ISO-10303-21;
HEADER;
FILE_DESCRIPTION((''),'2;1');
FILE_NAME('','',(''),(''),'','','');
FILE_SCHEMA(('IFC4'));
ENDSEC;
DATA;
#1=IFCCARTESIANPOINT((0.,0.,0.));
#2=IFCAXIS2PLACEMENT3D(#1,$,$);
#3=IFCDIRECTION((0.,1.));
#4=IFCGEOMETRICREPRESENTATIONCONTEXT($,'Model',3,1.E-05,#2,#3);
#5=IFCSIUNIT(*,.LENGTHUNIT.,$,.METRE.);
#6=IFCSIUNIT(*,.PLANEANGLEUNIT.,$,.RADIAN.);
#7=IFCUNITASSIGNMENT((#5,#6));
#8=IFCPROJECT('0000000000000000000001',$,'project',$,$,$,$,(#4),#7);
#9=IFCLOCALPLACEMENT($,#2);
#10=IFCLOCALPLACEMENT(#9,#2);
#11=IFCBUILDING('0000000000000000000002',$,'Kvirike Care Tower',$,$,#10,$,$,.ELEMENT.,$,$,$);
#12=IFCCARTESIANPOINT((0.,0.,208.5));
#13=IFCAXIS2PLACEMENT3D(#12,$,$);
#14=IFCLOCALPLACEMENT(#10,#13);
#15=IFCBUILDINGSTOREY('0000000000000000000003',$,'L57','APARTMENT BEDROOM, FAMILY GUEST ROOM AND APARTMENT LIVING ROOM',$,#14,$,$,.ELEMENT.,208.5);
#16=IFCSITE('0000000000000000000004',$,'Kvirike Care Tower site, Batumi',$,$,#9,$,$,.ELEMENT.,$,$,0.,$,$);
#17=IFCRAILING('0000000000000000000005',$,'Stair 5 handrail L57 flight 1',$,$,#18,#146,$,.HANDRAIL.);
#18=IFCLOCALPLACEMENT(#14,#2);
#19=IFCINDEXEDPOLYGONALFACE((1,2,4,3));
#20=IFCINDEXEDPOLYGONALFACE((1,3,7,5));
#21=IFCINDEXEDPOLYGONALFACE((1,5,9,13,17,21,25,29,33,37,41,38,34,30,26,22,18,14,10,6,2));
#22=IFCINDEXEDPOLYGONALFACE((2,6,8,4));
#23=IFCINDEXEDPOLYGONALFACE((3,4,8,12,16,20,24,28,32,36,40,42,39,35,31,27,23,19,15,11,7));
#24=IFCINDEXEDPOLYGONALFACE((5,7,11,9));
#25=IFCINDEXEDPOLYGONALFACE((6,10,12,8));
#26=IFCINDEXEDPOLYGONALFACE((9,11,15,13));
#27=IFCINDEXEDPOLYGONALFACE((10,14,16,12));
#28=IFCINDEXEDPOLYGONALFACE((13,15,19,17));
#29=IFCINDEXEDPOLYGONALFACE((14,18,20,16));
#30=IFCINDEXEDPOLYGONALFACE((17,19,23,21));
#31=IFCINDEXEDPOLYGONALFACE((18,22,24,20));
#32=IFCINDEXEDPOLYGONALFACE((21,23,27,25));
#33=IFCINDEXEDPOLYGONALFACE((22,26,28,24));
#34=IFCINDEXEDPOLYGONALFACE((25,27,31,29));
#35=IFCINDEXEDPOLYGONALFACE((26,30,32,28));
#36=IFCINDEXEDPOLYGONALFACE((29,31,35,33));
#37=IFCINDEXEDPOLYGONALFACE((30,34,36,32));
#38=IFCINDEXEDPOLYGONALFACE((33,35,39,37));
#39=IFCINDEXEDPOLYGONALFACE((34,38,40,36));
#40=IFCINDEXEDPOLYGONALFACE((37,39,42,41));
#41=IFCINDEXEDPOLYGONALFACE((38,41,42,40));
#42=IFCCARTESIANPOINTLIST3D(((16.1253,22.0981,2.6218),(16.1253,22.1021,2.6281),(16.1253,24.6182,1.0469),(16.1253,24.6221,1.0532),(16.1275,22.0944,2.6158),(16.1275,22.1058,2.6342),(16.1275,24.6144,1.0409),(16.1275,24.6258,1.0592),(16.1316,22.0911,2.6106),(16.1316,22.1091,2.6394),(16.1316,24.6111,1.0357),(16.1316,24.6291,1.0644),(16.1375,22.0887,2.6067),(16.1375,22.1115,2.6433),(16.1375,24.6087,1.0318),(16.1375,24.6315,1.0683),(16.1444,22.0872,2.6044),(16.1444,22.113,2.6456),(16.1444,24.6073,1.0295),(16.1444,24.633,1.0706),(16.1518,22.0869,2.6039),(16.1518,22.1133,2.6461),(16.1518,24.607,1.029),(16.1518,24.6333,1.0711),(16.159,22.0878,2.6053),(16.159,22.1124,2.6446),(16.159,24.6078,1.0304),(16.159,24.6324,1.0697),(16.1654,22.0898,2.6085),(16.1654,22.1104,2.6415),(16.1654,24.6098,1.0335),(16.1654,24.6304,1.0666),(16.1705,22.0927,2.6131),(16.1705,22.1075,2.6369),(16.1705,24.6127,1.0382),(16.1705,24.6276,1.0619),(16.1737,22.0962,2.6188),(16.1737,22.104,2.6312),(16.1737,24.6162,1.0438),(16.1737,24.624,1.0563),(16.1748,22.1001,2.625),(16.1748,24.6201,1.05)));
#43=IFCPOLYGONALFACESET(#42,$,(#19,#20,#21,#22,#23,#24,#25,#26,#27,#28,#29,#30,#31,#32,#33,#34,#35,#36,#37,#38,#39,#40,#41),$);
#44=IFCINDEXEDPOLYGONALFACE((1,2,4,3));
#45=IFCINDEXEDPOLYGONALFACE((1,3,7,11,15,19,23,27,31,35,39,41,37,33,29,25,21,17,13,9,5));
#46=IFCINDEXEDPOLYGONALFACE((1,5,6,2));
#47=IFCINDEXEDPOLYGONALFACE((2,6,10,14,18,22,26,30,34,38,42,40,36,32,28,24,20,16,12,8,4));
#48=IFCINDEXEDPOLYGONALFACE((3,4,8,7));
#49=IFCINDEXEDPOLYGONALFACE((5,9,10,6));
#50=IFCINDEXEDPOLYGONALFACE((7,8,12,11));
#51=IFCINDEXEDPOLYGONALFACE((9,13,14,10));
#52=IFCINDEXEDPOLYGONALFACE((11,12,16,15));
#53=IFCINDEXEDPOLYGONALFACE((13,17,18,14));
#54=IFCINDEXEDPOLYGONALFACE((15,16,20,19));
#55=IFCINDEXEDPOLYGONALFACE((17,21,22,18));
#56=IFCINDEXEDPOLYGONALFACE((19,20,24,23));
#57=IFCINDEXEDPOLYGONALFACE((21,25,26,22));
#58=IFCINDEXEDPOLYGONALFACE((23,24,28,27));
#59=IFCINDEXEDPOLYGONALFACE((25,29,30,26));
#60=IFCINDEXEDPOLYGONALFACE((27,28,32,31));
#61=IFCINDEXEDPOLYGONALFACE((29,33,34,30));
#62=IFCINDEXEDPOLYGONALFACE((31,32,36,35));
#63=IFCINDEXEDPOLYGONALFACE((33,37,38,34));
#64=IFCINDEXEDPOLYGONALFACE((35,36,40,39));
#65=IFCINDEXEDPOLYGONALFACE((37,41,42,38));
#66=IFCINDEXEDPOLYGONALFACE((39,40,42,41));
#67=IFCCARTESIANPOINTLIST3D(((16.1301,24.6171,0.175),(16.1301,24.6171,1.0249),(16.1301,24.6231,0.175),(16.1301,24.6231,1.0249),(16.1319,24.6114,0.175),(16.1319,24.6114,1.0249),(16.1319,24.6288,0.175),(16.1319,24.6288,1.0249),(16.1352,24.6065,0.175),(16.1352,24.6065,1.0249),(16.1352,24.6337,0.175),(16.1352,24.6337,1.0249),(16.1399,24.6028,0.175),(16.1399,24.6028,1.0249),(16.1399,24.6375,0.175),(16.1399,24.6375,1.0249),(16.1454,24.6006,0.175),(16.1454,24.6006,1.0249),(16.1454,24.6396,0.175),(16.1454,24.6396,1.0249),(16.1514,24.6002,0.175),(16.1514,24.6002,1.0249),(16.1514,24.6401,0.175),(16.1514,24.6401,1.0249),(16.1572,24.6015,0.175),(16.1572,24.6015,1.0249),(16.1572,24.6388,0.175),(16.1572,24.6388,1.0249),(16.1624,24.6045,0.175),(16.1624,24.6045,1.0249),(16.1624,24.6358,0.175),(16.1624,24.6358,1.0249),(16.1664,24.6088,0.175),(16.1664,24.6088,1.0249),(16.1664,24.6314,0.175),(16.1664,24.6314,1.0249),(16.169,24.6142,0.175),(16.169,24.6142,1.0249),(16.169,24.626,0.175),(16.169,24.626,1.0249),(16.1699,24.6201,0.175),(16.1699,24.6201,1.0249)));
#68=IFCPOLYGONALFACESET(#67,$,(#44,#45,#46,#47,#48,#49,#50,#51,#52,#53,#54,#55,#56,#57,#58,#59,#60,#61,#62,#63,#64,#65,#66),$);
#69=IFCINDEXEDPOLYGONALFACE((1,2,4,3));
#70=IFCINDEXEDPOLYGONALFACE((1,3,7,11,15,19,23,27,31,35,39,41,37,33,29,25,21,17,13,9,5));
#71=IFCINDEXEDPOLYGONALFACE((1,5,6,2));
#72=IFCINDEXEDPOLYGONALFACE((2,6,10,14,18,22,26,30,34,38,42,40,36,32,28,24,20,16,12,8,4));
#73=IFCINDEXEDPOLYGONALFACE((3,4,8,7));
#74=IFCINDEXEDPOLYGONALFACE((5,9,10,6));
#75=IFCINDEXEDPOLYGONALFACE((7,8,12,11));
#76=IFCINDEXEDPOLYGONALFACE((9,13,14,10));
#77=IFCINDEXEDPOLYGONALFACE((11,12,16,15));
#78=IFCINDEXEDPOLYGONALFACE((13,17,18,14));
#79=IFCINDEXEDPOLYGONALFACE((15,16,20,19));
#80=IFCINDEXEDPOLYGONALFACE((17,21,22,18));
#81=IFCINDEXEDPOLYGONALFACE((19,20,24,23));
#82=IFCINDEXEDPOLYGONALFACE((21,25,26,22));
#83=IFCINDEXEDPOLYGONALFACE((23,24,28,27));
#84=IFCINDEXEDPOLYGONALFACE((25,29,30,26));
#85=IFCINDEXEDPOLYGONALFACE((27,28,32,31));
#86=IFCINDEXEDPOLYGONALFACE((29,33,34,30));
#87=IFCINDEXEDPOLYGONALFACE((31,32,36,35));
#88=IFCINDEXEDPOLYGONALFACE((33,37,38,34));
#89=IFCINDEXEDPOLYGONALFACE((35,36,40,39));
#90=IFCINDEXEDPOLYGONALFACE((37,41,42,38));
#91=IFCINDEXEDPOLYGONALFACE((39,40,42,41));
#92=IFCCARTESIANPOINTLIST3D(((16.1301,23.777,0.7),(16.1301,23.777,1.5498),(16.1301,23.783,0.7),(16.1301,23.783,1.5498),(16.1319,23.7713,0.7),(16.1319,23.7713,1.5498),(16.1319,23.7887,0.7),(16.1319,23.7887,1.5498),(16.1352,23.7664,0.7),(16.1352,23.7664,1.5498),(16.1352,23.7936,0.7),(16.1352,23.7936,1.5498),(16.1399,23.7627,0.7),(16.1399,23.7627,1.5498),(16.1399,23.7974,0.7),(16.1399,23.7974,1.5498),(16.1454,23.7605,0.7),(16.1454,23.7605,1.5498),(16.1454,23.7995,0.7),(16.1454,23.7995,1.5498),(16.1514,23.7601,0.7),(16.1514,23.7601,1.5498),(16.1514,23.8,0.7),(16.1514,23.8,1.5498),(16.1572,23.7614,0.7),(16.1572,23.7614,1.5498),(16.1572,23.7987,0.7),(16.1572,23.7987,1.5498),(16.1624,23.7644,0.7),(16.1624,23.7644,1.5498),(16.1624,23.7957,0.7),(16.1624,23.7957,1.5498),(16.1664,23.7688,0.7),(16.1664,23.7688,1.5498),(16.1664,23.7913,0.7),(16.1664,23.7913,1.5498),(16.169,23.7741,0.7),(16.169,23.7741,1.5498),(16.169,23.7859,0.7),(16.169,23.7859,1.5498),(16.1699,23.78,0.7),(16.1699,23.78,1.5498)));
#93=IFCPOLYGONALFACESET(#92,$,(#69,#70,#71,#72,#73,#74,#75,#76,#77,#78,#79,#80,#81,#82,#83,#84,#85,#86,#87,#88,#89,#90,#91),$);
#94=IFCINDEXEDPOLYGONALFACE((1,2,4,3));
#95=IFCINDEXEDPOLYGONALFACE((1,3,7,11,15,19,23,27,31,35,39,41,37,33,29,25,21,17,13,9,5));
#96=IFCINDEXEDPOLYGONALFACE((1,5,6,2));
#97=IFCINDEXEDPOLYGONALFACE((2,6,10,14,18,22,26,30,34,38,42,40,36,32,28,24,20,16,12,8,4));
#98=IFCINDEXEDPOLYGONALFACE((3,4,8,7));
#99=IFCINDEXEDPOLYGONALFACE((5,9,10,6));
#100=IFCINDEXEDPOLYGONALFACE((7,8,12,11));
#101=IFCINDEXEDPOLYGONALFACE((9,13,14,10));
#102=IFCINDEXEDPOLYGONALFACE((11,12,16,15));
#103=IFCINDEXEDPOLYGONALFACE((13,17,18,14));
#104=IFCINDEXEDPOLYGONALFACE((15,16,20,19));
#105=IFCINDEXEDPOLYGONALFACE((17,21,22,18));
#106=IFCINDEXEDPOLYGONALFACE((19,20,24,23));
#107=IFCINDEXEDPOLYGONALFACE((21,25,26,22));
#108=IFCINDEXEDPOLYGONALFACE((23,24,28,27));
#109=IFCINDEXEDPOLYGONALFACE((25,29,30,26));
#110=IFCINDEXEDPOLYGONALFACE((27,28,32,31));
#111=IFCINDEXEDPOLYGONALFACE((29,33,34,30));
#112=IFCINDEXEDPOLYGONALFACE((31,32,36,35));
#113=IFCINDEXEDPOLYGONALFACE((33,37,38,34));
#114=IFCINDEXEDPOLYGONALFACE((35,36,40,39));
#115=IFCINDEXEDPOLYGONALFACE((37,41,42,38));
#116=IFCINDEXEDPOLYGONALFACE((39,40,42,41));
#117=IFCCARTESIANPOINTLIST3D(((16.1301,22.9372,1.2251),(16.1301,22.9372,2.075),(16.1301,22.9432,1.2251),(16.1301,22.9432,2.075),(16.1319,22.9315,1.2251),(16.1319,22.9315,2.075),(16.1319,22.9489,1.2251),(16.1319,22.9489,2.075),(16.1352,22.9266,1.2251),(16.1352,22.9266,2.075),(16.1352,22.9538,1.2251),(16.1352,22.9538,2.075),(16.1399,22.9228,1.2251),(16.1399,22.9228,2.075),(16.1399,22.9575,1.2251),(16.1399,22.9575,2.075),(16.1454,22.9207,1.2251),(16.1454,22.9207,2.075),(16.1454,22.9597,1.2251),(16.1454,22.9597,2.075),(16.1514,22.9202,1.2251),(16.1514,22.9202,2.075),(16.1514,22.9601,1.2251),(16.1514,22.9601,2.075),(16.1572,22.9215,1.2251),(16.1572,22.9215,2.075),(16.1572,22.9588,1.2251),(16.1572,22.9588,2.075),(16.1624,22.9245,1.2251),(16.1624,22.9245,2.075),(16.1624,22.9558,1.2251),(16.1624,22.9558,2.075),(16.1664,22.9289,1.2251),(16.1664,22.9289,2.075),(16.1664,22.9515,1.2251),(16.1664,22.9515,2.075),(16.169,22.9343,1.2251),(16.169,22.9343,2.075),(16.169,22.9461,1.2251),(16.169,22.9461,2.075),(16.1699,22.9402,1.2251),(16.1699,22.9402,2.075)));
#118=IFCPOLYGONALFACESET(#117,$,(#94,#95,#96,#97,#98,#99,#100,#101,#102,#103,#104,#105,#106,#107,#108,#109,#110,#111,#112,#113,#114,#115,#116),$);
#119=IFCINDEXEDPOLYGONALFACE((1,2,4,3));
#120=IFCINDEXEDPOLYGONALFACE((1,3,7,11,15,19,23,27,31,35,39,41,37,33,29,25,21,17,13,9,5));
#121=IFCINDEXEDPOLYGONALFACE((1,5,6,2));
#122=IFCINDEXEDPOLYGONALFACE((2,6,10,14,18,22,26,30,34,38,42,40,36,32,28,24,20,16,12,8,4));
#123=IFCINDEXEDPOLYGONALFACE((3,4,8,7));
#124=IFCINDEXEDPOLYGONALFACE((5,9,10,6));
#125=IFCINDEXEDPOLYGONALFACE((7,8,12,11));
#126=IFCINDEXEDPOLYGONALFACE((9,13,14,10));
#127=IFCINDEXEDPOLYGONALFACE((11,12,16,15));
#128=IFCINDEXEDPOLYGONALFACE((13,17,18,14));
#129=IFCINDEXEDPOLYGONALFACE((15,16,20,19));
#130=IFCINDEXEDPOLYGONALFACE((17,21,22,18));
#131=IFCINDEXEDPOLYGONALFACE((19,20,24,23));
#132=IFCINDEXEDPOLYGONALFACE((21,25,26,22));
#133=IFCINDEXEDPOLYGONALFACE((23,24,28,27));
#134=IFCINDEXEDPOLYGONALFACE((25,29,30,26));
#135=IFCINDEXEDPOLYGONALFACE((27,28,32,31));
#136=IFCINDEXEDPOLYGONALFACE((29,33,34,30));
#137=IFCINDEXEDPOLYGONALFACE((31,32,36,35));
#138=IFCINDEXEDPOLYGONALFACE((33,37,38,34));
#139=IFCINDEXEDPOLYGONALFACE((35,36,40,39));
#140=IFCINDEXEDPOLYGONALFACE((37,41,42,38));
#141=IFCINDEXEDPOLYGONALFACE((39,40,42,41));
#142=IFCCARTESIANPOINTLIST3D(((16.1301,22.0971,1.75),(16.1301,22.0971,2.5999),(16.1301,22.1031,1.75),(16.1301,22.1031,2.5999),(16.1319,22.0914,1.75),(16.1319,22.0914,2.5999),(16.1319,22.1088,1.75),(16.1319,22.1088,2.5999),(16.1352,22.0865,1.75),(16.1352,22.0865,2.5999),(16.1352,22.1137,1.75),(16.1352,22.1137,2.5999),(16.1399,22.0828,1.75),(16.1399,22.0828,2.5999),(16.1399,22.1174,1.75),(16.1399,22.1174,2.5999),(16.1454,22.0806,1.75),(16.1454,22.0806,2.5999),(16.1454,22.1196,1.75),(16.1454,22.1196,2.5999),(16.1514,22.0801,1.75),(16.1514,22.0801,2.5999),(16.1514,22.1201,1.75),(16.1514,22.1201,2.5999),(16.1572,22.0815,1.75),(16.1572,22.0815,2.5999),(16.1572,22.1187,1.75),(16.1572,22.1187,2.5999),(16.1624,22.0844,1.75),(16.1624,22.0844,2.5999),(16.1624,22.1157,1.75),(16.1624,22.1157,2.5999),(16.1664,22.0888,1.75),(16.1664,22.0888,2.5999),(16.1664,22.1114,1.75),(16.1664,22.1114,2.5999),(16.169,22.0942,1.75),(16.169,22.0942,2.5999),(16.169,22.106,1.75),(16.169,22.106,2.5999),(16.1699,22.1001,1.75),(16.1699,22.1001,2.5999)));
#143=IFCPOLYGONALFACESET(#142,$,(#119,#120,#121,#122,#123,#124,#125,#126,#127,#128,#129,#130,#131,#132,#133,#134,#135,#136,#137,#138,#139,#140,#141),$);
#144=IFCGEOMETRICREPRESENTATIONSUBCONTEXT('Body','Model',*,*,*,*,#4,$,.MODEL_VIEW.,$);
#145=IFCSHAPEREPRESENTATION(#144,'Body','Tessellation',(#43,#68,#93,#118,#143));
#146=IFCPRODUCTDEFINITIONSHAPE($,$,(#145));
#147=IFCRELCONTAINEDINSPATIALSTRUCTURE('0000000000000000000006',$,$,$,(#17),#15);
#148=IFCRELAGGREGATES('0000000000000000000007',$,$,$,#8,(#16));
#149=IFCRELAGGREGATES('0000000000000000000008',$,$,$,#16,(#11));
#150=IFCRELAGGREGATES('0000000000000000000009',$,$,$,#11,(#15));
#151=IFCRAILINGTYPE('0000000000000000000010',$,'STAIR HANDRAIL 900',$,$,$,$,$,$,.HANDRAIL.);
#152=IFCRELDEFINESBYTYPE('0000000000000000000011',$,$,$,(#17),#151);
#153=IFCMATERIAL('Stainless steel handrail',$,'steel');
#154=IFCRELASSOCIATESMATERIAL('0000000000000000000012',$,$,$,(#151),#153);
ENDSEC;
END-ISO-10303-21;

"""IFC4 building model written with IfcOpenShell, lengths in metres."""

from ifc_helpers import new_model, si_unit, direction, frame, origin, origin_2d, place, context, subcontext, project, spatial, circle, extrude, material, type_object, element, save


model = new_model("IFC4")

# Units and contexts
model_context = context("Model", 3, precision=1e-05, world=origin(), true_north=direction((0.0, 1.0)))
body_context = subcontext(model_context, "Body", "Model", "MODEL_VIEW")
ifc_project = project(units=[si_unit("LENGTHUNIT", "METRE"), si_unit("PLANEANGLEUNIT", "RADIAN")], contexts=[model_context])

# Site, building, storey
site_placement = place(None, origin())
site = spatial("IfcSite", under=ifc_project, at=site_placement, Name="Kvirike Care Tower site, Batumi", CompositionType="ELEMENT", RefElevation=0.0)
building_placement = place(site_placement, origin())
building = spatial("IfcBuilding", under=site, at=building_placement, Name="Kvirike Care Tower", CompositionType="ELEMENT")
storey_placement = place(building_placement, frame((0.0, 0.0, 208.5)))
storey = spatial("IfcBuildingStorey", under=building, at=storey_placement, Name="L57", Description="APARTMENT BEDROOM, FAMILY GUEST ROOM AND APARTMENT LIVING ROOM", CompositionType="ELEMENT", Elevation=208.5)

# Railing
ifc_material_1 = material(Name="Stainless steel handrail", Category="steel")
railing_type = type_object("IfcRailingType", Name="STAIR HANDRAIL 900", PredefinedType="HANDRAIL", material=ifc_material_1)
railing_placement = place(storey_placement, frame((16.1499, 24.6201, 0.175)))
element("IfcRailing", 1, at=railing_placement, inside=storey, type_object=railing_type, Name="Stair 5 handrail L57 flight 1", PredefinedType="HANDRAIL", context=body_context, shape_type="SweptSolid", body=[
    extrude(circle(Radius=0.0249, at=origin_2d()), frame((0.0, 0.0, 0.875), z_axis=(0.0, -0.848008, 0.529984), x_axis=(1.0, 0.0, 0.0)), (0.0, 0.0, 1.0), 2.9717),
    extrude(circle(Radius=0.02, at=origin_2d()), origin(), (0.0, 0.0, 1.0), 0.8499),
    extrude(circle(Radius=0.02, at=origin_2d()), frame((0.0, -0.8401, 0.5249)), (0.0, 0.0, 1.0), 0.8499),
    extrude(circle(Radius=0.02, at=origin_2d()), frame((0.0, -1.6799, 1.05)), (0.0, 0.0, 1.0), 0.8499),
    extrude(circle(Radius=0.02, at=origin_2d()), frame((0.0, -2.52, 1.575)), (0.0, 0.0, 1.0), 0.8499),
])

save(model, "model.ifc")
